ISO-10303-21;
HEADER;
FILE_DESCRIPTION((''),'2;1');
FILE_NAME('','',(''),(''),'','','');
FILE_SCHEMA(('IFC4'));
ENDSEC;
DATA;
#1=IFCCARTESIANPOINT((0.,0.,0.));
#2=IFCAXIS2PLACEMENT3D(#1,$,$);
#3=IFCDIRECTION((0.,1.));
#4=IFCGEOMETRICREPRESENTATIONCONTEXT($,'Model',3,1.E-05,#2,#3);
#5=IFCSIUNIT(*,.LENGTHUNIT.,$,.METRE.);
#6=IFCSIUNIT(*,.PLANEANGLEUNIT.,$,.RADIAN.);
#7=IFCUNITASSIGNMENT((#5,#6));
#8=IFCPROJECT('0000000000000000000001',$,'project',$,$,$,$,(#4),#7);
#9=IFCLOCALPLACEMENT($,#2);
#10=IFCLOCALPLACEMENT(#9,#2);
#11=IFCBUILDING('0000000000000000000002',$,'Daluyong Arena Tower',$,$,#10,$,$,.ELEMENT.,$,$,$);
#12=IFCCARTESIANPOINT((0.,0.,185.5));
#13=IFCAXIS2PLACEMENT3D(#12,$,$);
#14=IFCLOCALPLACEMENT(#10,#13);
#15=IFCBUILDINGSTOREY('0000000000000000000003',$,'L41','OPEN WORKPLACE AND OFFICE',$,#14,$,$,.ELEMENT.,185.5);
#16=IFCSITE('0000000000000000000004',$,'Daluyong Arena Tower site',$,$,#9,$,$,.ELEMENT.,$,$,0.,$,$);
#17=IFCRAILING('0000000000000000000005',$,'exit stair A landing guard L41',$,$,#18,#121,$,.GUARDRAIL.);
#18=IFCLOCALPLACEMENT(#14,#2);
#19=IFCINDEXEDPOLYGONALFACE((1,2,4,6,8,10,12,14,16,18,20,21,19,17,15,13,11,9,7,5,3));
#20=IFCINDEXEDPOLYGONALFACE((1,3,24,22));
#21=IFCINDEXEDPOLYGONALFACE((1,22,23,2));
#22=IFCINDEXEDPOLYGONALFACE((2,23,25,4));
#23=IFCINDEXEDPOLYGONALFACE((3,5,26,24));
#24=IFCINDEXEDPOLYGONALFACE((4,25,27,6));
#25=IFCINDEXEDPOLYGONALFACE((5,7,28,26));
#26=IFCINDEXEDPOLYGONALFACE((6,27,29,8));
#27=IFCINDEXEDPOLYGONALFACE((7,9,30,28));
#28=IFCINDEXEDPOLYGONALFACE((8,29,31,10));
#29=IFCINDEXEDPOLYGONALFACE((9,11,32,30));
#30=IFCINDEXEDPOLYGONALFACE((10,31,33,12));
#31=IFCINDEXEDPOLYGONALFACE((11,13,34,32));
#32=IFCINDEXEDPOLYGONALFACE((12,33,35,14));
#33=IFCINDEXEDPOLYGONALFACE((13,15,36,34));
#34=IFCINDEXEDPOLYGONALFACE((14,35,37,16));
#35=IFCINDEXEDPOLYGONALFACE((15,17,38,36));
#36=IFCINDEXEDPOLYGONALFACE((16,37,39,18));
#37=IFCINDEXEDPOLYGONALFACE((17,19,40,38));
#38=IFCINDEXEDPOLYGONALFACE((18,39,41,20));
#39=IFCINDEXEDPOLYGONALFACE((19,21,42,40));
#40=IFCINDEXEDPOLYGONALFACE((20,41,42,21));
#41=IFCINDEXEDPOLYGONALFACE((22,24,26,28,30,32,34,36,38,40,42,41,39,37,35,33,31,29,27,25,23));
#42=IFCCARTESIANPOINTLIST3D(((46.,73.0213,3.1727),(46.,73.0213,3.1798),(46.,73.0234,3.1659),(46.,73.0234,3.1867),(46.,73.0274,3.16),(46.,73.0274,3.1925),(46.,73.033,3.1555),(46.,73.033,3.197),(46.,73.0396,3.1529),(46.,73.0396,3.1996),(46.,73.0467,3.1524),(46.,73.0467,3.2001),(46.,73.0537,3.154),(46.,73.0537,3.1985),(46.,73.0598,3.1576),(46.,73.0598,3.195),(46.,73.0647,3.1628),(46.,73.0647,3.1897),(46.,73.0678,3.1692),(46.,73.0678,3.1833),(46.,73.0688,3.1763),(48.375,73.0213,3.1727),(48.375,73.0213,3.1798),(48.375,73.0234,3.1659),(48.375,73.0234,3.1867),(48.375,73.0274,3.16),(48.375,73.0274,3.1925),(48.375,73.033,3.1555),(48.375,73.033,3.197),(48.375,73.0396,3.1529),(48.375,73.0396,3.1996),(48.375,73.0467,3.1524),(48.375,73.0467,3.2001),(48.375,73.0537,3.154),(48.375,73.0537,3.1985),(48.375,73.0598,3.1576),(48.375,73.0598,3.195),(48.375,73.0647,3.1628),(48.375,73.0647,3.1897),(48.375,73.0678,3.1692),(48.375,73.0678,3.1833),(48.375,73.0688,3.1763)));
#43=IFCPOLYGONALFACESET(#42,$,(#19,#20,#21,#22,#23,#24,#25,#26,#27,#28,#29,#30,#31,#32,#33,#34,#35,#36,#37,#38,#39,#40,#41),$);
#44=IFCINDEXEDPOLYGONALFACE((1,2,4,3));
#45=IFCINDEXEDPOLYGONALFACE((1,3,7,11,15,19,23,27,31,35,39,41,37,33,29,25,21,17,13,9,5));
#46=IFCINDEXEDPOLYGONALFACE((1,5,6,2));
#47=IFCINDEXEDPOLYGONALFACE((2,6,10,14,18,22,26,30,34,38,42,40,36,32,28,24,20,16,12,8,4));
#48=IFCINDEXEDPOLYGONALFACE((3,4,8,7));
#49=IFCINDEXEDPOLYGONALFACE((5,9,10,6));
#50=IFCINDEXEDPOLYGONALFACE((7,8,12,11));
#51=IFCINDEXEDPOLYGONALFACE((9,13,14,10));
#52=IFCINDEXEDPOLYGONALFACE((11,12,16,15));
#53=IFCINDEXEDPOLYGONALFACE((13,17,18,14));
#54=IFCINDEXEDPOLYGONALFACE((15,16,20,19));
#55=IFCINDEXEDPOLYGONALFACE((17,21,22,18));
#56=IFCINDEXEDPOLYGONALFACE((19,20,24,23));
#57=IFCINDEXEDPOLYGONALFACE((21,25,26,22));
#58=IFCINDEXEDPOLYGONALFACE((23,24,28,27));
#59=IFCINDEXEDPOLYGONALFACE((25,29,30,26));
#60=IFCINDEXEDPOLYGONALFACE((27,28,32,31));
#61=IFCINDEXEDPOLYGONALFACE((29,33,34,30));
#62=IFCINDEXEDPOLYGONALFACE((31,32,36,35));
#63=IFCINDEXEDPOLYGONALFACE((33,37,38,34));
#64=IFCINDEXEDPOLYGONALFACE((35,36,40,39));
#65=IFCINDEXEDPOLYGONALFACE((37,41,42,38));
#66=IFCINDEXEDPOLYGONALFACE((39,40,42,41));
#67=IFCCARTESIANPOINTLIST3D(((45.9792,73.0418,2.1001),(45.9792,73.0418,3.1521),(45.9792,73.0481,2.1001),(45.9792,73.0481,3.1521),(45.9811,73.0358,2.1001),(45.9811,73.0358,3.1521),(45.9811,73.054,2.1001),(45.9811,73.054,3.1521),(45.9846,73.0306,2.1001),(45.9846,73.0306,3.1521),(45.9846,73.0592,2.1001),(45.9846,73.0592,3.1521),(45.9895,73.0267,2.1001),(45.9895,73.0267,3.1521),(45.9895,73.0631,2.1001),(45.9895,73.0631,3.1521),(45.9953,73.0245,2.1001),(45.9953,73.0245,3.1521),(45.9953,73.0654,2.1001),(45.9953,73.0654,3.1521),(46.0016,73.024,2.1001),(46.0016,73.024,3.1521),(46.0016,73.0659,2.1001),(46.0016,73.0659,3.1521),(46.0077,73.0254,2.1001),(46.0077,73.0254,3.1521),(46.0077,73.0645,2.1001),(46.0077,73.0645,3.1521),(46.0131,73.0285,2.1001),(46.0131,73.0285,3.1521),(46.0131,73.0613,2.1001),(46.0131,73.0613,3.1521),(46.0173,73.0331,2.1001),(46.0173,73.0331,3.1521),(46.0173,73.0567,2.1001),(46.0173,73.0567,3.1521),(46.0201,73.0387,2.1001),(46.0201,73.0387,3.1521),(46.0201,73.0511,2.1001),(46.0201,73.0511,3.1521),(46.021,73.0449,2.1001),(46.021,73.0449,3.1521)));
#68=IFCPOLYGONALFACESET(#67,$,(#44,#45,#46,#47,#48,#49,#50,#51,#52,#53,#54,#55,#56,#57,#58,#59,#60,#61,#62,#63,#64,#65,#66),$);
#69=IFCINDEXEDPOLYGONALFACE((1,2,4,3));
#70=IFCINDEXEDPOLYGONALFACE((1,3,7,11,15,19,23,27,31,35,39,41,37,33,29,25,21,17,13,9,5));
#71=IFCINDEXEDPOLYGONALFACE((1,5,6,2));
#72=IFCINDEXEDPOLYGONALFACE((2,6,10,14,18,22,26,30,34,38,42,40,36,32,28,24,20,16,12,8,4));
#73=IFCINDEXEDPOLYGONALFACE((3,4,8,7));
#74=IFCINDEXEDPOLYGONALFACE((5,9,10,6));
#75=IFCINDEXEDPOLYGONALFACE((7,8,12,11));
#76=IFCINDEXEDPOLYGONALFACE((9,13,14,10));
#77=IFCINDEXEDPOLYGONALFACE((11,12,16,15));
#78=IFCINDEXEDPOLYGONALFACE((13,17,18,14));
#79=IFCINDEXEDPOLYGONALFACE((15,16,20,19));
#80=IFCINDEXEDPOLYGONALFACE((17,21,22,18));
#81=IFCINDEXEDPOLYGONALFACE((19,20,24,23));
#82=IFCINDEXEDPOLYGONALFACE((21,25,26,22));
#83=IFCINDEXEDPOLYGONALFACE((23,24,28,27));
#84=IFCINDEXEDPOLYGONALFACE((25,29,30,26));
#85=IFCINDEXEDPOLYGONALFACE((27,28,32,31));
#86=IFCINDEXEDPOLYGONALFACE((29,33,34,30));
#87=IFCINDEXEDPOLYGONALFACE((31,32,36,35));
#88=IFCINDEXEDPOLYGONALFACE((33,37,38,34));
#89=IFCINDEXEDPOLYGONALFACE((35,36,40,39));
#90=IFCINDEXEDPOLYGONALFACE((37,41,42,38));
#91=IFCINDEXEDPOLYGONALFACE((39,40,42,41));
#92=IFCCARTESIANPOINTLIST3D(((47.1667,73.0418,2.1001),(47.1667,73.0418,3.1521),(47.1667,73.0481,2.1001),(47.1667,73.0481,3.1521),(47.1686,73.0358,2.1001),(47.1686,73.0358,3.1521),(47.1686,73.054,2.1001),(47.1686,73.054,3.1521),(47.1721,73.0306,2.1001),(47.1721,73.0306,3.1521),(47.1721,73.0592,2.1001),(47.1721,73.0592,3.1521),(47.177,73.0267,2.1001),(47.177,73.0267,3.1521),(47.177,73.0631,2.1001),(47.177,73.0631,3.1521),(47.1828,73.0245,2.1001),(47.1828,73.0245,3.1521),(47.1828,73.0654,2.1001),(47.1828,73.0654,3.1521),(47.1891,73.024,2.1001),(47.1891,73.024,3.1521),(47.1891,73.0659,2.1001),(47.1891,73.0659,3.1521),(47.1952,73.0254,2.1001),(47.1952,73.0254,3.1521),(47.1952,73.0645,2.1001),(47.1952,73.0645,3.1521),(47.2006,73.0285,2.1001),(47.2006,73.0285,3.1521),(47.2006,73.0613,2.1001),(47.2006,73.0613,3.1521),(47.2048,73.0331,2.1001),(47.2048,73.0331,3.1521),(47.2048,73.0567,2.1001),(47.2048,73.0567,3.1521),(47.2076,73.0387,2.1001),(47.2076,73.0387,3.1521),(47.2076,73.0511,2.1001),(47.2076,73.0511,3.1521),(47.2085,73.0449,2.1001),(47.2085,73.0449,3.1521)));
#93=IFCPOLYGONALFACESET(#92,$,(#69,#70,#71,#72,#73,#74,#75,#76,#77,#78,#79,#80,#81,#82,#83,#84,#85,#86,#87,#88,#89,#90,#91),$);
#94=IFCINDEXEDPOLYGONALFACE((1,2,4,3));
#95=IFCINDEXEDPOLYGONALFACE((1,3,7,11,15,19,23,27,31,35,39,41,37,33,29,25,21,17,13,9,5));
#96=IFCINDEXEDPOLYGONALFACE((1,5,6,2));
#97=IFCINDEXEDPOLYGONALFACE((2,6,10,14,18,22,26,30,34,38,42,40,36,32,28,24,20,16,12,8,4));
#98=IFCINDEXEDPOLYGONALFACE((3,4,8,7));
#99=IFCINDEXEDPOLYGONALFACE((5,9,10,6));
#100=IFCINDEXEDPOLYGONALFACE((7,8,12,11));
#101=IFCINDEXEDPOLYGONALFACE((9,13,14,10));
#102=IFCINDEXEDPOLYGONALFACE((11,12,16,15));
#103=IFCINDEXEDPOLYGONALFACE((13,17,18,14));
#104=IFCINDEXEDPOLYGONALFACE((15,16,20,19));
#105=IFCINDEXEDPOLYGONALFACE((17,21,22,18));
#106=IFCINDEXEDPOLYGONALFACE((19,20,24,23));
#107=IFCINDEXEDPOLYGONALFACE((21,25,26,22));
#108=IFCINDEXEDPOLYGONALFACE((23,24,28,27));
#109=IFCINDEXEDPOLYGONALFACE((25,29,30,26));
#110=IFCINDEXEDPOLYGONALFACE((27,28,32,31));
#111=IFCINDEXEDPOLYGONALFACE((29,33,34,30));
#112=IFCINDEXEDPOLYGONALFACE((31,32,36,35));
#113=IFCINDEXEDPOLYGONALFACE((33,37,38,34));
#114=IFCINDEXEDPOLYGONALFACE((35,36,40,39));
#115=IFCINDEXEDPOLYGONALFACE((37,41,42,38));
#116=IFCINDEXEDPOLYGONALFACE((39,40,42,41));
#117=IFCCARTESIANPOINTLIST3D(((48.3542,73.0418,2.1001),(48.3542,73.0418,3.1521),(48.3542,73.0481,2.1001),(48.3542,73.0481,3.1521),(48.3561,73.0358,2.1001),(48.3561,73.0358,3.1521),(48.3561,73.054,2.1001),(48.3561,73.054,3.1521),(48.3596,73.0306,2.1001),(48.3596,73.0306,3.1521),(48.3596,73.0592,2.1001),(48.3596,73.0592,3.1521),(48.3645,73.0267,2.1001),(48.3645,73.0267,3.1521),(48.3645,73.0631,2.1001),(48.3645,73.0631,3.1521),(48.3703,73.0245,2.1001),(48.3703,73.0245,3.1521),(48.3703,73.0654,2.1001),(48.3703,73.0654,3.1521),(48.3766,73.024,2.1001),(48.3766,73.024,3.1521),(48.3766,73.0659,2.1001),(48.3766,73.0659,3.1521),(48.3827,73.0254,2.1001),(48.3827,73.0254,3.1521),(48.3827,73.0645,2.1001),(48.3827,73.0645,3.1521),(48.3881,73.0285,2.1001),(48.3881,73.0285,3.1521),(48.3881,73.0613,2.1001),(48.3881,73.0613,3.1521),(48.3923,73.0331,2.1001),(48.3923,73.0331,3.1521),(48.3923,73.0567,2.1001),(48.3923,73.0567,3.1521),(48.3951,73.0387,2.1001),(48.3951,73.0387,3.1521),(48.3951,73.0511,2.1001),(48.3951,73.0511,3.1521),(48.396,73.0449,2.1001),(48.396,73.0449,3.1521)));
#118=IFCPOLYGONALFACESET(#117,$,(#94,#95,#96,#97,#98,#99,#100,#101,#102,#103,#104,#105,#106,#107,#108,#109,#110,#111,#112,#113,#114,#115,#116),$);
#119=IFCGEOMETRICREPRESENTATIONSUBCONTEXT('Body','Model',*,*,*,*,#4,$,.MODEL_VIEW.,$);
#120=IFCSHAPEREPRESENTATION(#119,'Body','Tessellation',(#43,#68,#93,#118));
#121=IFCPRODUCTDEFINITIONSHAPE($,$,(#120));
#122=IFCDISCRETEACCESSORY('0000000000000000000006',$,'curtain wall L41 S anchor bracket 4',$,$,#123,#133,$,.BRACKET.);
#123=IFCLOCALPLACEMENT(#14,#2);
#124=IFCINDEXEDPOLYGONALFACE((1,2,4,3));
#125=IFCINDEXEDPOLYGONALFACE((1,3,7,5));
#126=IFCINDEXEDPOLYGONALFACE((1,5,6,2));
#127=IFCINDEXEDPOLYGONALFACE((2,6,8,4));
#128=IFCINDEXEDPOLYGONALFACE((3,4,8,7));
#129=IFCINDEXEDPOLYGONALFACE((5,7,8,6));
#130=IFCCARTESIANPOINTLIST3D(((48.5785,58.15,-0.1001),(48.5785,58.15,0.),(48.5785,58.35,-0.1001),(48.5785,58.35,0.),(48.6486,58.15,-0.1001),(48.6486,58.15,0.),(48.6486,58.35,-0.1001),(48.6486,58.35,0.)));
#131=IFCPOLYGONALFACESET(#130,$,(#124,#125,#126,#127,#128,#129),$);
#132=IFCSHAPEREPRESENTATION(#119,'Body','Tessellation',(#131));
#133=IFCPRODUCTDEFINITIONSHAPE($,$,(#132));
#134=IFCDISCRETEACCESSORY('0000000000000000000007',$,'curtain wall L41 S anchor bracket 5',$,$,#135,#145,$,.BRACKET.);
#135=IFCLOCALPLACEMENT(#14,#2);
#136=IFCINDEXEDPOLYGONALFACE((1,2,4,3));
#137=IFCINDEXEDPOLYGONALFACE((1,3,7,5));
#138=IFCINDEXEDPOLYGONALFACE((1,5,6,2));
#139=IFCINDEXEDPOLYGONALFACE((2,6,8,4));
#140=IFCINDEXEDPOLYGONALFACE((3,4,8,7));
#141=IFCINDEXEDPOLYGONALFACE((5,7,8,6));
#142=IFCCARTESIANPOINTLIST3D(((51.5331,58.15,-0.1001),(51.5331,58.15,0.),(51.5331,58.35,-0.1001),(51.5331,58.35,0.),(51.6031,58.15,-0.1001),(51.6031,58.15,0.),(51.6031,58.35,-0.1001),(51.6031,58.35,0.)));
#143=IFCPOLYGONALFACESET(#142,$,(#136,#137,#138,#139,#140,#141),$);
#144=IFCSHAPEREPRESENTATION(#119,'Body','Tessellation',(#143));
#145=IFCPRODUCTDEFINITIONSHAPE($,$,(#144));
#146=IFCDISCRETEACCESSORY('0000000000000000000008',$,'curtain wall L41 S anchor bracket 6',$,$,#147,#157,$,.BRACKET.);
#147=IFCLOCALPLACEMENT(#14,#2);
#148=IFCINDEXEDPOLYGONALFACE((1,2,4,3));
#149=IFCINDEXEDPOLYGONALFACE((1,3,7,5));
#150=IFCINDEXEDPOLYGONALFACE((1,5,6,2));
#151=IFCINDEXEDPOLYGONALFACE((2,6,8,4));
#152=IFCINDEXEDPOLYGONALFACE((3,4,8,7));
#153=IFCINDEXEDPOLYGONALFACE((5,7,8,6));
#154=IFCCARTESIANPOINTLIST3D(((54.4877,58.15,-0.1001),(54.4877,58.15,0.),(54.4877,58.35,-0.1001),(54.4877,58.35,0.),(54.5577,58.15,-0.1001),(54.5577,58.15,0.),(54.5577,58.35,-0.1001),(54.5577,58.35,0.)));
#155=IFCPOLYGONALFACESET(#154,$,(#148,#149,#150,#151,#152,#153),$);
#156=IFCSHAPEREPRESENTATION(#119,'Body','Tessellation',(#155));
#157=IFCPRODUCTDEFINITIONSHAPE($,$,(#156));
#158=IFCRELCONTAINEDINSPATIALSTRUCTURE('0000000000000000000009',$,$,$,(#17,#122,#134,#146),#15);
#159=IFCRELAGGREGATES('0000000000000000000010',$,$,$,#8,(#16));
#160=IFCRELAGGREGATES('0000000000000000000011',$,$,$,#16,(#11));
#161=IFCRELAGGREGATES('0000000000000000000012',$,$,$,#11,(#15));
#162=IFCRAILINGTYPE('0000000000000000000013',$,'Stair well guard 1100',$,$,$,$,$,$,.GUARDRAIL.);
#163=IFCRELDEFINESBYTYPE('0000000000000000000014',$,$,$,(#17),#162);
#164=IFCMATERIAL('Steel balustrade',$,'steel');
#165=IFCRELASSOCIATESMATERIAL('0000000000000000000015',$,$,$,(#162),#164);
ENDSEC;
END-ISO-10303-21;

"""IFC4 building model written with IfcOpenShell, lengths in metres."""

from ifc_helpers import new_model, si_unit, direction, frame, origin, origin_2d, place, context, subcontext, project, spatial, rectangle, circle, extrude, material, type_object, element, save


model = new_model("IFC4")

# Units and contexts
model_context = context("Model", 3, precision=1e-05, world=origin(), true_north=direction((0.0, 1.0)))
body_context = subcontext(model_context, "Body", "Model", "MODEL_VIEW")
ifc_project = project(units=[si_unit("LENGTHUNIT", "METRE"), si_unit("PLANEANGLEUNIT", "RADIAN")], contexts=[model_context])

# Site, building, storey
site_placement = place(None, origin())
site = spatial("IfcSite", under=ifc_project, at=site_placement, Name="Daluyong Arena Tower site", CompositionType="ELEMENT", RefElevation=0.0)
building_placement = place(site_placement, origin())
building = spatial("IfcBuilding", under=site, at=building_placement, Name="Daluyong Arena Tower", CompositionType="ELEMENT")
storey_placement = place(building_placement, frame((0.0, 0.0, 185.5)))
storey = spatial("IfcBuildingStorey", under=building, at=storey_placement, Name="L41", Description="OPEN WORKPLACE AND OFFICE", CompositionType="ELEMENT", Elevation=185.5)

# Railing
ifc_material_1 = material(Name="Steel balustrade", Category="steel")
railing_type_1 = type_object("IfcRailingType", Name="Stair well guard 1100", PredefinedType="GUARDRAIL", material=ifc_material_1)
railing_1_placement = place(storey_placement, frame((46.0, 73.0449, 2.1001)))
element("IfcRailing", 1, at=railing_1_placement, inside=storey, type_object=railing_type_1, Name="exit stair A landing guard L41", PredefinedType="GUARDRAIL", context=body_context, shape_type="SweptSolid", body=[
    extrude(circle(Radius=0.0239, at=origin_2d()), frame((0.0, 0.0, 1.0762), z_axis=(1.0, 0.0, 0.0), x_axis=(0.0, 1.0, 0.0)), (0.0, 0.0, 1.0), 2.375),
    extrude(circle(Radius=0.021, at=origin_2d()), origin(), (0.0, 0.0, 1.0), 1.052),
    extrude(circle(Radius=0.021, at=origin_2d()), frame((1.1875, 0.0, 0.0)), (0.0, 0.0, 1.0), 1.052),
    extrude(circle(Radius=0.021, at=origin_2d()), frame((2.375, 0.0, 0.0)), (0.0, 0.0, 1.0), 1.052),
])

# Discrete accessories
for number, where, z_axis, x_axis, name in (
    (2, (48.6135, 58.25, -0.1001), (0.0, 0.0, 1.0), (1.0, 0.0, 0.0), "curtain wall L41 S anchor bracket 4"),
    (3, (51.5681, 58.25, -0.1001), (0.0, 0.0, 1.0), (1.0, 0.0, 0.0), "curtain wall L41 S anchor bracket 5"),
    (4, (54.5227, 58.25, -0.1001), (0.0, 0.0, 1.0), (1.0, 0.0, 0.0), "curtain wall L41 S anchor bracket 6"),
):
    element("IfcDiscreteAccessory", number, at=place(storey_placement, frame(where, z_axis=z_axis, x_axis=x_axis)), inside=storey, Name=name, PredefinedType="BRACKET", context=body_context, shape_type="SweptSolid", body=[
        extrude(rectangle(XDim=0.0701, YDim=0.2, at=origin_2d()), origin(), (0.0, 0.0, 1.0), 0.1001),
    ])

save(model, "model.ifc")
